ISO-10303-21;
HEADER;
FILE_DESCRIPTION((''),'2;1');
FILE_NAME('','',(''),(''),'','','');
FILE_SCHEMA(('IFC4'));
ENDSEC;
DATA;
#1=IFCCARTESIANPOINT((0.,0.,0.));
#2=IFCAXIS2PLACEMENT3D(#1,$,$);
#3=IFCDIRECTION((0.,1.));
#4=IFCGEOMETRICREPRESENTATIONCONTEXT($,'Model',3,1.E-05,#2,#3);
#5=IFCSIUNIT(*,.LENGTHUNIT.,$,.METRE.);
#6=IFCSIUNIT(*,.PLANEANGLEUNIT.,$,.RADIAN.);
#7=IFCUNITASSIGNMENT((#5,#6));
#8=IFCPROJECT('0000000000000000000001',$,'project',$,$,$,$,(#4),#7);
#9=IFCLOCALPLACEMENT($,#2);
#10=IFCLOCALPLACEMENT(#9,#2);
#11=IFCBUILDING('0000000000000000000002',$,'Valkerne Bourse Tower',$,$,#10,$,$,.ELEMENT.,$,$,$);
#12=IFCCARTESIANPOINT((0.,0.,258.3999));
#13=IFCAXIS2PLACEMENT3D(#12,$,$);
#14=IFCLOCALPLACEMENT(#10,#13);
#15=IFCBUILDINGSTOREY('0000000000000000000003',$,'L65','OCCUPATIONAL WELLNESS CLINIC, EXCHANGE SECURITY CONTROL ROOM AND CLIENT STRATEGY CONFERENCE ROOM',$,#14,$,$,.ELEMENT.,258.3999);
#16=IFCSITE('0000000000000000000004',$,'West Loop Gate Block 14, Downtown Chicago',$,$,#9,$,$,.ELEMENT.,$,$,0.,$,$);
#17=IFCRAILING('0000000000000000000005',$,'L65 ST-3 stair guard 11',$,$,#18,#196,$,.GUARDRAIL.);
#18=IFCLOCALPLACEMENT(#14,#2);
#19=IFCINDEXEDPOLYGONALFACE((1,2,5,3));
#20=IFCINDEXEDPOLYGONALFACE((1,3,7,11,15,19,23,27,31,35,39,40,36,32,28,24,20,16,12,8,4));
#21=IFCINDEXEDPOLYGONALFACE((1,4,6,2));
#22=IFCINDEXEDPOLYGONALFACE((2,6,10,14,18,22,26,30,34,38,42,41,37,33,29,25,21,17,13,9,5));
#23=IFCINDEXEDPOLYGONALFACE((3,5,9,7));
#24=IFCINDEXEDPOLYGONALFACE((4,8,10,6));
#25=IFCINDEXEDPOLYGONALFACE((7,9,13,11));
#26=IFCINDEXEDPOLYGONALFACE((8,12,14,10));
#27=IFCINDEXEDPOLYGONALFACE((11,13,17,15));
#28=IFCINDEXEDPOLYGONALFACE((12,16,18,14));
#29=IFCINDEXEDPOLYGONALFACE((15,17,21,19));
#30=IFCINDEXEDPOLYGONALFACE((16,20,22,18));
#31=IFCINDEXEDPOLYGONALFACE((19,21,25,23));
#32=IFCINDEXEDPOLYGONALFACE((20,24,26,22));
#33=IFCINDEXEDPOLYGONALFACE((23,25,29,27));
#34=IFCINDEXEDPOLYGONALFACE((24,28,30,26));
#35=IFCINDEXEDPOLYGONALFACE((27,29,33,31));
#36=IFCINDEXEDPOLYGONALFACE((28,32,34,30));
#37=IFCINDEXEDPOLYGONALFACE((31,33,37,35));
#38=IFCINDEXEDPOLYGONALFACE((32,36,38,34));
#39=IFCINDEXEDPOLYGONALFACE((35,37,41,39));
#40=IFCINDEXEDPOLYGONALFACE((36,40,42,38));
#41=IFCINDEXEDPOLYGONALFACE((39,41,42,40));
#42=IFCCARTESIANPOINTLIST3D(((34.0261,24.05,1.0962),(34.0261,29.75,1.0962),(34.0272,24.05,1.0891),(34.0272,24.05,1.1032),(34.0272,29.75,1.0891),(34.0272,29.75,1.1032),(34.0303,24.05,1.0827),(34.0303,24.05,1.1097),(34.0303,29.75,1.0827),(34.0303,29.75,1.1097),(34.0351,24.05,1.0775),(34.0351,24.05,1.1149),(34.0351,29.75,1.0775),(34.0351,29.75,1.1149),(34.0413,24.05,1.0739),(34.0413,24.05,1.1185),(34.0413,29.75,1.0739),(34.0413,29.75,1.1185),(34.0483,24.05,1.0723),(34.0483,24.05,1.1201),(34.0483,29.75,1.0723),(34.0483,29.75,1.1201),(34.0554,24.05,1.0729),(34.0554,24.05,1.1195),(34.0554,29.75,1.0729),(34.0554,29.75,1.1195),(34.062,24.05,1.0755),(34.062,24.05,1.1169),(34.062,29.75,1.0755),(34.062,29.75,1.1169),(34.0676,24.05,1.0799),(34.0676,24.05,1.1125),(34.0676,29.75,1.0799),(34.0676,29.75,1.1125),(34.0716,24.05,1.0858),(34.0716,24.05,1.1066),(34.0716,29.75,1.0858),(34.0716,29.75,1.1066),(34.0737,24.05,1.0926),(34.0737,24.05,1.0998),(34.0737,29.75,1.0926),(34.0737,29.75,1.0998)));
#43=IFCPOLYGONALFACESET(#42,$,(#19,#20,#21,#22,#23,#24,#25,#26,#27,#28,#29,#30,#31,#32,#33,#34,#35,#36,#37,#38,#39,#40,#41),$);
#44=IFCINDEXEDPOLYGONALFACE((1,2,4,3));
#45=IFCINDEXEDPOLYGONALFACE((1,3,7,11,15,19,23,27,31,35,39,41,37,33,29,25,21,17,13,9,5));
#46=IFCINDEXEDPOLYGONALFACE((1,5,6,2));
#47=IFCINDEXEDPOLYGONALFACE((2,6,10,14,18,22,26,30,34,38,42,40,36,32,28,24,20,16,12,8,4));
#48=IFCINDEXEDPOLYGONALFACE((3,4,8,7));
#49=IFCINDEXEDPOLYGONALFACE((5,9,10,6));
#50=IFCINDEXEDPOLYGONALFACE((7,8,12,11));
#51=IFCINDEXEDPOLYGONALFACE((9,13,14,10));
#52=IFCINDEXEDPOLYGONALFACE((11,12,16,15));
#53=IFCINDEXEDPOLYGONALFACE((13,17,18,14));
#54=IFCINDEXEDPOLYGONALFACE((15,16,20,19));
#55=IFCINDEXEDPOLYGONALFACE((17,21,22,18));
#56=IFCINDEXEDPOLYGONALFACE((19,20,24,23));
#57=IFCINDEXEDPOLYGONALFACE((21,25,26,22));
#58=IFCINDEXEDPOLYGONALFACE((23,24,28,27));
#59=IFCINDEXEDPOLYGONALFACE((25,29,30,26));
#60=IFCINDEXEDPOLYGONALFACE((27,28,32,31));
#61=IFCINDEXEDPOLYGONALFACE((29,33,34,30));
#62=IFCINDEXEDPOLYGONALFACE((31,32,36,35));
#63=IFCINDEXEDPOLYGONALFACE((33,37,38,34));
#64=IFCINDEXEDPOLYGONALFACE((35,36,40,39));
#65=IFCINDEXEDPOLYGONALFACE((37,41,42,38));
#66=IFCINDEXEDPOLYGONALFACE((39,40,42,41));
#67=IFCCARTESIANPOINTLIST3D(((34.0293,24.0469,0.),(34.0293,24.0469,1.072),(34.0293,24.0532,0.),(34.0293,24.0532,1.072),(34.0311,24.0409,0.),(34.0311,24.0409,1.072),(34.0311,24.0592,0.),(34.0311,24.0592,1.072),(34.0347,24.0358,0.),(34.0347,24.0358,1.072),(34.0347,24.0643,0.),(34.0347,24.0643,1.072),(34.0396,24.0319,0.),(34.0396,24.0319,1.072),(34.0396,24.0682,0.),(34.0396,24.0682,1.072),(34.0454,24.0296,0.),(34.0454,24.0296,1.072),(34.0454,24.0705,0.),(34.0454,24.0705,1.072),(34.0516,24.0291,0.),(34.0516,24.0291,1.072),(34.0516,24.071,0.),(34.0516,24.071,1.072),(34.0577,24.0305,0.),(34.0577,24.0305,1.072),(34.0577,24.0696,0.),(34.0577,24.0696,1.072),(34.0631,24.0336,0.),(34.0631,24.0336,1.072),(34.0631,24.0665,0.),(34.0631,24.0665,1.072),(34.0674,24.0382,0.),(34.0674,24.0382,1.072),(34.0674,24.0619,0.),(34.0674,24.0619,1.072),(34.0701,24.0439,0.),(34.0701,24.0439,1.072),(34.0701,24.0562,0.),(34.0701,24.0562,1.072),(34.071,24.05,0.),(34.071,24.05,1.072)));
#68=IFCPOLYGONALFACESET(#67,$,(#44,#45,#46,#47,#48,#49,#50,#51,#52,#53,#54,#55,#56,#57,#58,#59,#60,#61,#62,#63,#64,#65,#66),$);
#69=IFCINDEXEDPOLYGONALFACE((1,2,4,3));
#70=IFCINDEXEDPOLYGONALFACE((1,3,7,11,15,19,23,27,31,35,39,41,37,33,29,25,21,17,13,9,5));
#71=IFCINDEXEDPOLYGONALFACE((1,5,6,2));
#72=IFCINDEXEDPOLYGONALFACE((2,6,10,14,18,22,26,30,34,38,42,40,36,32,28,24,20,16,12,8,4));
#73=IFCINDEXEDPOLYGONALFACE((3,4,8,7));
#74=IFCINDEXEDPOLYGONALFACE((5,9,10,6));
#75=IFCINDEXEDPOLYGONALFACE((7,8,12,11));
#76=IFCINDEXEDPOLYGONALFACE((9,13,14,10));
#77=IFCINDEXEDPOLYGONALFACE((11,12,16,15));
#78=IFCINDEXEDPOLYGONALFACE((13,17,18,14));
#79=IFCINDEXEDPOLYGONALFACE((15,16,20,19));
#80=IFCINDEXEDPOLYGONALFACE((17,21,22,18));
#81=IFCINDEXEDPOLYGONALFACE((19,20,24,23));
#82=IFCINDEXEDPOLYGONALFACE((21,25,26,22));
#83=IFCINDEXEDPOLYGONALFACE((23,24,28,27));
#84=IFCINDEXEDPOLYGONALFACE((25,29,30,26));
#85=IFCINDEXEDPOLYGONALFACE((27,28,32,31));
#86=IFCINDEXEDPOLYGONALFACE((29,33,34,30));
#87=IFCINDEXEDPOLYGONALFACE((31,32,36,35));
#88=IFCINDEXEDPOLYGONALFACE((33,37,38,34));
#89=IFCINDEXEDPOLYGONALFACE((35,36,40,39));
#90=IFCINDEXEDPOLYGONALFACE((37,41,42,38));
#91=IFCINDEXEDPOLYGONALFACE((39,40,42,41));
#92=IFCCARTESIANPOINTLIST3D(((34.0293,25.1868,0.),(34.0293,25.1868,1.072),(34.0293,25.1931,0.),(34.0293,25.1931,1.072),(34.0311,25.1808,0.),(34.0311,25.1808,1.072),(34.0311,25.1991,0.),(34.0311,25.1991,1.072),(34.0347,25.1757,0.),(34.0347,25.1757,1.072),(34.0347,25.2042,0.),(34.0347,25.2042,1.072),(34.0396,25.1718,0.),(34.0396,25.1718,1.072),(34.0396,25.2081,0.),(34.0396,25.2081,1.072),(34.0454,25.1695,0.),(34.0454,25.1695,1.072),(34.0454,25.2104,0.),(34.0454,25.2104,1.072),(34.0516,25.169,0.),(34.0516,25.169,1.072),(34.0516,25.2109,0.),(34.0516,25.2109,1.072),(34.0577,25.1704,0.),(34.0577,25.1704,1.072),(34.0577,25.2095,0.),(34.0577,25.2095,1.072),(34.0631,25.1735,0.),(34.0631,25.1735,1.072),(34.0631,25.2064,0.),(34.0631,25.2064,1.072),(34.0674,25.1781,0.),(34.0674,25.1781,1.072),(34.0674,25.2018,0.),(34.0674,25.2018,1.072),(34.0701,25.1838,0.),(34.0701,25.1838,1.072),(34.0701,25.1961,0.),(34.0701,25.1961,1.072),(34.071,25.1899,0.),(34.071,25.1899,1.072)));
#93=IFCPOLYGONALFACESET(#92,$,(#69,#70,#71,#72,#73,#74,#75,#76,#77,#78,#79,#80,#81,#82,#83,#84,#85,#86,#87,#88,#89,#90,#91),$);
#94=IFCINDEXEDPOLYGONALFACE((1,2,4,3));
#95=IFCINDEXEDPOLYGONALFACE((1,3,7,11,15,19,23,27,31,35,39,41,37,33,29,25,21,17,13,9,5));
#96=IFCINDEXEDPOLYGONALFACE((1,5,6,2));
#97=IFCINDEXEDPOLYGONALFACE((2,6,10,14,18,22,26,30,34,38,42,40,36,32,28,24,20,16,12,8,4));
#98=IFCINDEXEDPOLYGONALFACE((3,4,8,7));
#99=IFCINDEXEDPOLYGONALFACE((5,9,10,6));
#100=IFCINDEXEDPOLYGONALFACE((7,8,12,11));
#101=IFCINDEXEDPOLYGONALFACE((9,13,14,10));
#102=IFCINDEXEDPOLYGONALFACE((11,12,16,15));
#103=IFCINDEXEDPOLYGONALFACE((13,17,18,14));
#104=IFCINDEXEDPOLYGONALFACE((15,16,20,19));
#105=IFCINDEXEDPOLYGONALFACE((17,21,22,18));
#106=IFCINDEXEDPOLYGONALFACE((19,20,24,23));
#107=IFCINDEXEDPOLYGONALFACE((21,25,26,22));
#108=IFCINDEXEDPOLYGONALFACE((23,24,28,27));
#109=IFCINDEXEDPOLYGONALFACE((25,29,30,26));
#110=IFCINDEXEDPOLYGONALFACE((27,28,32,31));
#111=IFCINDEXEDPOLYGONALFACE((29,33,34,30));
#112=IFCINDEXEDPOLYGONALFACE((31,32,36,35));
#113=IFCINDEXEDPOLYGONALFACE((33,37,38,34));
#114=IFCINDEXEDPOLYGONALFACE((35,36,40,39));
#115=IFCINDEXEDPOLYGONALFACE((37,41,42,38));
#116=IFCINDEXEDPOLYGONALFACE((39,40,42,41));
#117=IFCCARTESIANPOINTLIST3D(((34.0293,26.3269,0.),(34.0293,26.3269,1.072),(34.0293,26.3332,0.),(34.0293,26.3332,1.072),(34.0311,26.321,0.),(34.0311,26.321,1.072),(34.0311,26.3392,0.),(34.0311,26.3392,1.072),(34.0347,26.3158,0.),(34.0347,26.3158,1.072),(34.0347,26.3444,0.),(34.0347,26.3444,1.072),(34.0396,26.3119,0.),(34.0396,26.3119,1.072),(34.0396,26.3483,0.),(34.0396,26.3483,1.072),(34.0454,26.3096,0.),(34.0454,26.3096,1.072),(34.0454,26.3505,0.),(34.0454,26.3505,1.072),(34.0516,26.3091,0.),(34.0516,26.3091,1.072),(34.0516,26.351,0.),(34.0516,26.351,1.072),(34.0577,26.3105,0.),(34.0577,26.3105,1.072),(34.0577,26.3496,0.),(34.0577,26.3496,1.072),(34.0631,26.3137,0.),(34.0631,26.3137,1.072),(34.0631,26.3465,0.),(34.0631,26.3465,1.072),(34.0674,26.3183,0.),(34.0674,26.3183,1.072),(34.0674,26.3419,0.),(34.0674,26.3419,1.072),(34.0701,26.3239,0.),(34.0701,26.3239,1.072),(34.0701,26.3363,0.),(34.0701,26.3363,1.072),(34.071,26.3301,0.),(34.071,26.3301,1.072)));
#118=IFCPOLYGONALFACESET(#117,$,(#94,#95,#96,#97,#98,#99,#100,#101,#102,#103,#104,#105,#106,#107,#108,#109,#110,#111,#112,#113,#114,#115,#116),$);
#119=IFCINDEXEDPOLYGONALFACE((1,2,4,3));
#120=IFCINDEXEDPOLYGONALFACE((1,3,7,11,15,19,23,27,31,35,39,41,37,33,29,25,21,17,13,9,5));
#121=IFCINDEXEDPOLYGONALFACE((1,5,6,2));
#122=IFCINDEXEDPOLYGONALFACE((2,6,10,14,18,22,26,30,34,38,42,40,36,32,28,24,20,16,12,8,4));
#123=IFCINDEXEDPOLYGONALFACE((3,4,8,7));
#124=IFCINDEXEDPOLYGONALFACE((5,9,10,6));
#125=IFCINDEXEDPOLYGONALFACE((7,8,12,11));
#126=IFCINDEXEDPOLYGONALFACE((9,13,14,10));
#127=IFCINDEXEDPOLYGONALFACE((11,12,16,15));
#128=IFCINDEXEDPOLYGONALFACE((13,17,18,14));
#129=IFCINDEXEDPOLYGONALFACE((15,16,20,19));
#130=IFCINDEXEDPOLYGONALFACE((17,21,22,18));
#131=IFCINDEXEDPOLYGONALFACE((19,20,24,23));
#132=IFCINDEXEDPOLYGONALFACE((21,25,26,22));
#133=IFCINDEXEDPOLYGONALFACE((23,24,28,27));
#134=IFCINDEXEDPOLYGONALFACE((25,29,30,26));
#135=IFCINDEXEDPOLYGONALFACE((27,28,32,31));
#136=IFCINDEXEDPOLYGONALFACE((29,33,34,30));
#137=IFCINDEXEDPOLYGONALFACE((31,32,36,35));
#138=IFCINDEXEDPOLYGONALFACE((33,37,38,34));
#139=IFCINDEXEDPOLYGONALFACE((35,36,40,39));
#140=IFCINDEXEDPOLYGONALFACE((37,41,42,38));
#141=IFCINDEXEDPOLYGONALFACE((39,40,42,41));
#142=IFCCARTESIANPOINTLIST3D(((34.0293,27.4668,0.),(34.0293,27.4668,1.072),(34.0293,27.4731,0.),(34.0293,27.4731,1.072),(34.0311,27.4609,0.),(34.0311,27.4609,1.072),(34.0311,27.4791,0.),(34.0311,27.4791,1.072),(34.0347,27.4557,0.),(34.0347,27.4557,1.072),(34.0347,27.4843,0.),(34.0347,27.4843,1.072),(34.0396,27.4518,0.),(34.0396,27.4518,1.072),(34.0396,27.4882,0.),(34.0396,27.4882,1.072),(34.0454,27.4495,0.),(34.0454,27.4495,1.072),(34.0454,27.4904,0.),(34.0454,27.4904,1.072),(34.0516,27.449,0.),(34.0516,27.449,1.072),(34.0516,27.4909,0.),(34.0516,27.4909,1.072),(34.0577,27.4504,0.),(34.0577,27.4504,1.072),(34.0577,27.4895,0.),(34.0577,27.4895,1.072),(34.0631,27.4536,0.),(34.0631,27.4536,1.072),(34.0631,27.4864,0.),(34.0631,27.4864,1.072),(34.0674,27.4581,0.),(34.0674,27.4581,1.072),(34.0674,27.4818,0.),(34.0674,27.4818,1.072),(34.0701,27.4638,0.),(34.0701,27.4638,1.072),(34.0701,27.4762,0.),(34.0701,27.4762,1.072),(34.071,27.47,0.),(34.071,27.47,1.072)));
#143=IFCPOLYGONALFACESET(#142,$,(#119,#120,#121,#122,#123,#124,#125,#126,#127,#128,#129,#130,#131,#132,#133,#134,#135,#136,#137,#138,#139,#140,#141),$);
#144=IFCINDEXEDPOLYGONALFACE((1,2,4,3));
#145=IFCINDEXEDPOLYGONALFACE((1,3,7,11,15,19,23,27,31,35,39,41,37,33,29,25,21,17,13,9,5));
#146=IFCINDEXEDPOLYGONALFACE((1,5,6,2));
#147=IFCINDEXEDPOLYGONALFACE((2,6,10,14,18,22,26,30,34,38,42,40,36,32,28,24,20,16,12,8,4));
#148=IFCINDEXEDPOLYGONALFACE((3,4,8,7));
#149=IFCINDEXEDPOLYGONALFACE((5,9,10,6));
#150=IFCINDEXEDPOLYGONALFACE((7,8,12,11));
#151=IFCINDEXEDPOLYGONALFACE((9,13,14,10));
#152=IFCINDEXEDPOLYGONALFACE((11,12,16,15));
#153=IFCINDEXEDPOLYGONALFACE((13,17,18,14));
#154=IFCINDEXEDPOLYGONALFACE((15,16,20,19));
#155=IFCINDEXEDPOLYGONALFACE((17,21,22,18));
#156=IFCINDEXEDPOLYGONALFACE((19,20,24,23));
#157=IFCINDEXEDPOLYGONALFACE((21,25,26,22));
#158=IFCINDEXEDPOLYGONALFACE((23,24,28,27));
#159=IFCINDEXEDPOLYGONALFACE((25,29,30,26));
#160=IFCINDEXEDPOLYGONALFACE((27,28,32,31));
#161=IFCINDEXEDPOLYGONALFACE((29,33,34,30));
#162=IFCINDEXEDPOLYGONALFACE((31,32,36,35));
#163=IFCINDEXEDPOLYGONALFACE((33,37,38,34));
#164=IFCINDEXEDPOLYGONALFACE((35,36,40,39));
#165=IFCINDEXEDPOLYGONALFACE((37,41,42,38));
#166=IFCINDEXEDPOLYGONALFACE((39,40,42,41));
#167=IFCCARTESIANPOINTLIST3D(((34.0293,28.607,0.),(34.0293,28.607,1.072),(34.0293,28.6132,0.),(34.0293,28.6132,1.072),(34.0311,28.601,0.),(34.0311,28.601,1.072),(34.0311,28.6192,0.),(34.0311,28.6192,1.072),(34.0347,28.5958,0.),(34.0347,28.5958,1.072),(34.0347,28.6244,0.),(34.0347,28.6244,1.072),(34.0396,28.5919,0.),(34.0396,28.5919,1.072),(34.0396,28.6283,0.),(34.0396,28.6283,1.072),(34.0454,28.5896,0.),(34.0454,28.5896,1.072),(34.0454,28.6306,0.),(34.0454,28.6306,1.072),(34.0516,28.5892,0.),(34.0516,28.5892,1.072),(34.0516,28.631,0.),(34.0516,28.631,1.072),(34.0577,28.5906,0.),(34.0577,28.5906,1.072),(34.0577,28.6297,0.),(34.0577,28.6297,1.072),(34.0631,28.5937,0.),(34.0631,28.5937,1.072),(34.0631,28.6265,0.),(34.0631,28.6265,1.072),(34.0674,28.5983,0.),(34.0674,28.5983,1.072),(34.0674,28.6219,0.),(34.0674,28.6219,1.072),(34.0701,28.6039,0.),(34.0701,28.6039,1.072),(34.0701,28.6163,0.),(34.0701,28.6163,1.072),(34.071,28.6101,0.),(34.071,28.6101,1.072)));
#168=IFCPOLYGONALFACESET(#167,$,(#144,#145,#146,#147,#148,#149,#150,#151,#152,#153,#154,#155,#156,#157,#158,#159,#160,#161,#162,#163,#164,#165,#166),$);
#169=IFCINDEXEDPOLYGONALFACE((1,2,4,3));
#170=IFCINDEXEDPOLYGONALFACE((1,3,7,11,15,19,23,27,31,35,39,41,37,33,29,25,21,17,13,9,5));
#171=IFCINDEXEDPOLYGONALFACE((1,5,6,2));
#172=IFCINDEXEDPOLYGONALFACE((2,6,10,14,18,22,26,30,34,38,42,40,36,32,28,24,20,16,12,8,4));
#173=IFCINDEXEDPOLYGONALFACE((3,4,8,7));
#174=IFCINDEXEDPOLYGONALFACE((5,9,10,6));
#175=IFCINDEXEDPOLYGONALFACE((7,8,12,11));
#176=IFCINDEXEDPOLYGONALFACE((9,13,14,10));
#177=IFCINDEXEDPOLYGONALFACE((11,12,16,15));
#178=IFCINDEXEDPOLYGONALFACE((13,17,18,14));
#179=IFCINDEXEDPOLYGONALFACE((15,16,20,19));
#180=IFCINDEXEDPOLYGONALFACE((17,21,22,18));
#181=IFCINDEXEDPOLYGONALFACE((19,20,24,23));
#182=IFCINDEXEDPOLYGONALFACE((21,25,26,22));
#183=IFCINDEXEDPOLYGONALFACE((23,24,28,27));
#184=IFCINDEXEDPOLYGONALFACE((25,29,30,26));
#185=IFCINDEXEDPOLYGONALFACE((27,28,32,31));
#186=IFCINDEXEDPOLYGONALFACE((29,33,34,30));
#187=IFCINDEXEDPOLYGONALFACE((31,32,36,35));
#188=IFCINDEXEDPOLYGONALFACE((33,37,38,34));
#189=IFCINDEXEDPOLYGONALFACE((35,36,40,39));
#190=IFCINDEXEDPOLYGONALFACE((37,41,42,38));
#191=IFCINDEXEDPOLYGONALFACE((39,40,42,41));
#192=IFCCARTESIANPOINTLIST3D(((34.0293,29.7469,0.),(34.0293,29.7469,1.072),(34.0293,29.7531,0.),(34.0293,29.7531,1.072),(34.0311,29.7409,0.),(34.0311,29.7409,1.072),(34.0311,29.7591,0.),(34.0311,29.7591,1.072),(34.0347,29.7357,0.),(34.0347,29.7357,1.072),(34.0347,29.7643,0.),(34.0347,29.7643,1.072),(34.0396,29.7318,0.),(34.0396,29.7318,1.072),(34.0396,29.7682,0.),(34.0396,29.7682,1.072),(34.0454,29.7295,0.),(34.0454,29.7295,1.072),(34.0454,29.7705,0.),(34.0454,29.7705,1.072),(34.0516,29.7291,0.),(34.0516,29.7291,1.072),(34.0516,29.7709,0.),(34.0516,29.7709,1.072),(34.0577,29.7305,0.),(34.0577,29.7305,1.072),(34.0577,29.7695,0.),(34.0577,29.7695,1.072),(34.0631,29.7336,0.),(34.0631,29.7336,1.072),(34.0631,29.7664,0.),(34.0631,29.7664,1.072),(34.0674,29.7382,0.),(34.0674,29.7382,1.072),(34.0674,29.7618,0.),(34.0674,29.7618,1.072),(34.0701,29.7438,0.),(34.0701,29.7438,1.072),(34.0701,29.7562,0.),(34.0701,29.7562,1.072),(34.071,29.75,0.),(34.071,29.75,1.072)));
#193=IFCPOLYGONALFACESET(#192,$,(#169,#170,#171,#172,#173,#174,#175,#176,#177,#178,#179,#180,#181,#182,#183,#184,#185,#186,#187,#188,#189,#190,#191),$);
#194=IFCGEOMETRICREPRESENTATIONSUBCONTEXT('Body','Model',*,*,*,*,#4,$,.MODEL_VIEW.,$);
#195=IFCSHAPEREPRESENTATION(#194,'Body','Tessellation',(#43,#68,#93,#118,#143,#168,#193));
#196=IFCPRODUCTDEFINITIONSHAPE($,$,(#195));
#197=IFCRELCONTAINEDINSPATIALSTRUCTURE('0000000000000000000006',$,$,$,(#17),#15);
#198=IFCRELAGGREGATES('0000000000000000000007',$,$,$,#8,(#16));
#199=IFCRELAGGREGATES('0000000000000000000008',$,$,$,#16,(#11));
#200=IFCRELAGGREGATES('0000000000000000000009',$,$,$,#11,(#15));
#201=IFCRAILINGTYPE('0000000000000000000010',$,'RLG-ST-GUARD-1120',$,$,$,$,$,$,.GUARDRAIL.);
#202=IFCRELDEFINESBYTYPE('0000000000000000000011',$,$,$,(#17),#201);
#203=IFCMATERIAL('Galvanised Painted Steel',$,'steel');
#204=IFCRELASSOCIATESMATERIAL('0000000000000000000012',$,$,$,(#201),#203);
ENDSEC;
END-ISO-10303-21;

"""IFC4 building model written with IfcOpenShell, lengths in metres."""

from ifc_helpers import new_model, si_unit, direction, frame, origin, origin_2d, place, context, subcontext, project, spatial, circle, extrude, material, type_object, element, save


model = new_model("IFC4")

# Units and contexts
model_context = context("Model", 3, precision=1e-05, world=origin(), true_north=direction((0.0, 1.0)))
body_context = subcontext(model_context, "Body", "Model", "MODEL_VIEW")
ifc_project = project(units=[si_unit("LENGTHUNIT", "METRE"), si_unit("PLANEANGLEUNIT", "RADIAN")], contexts=[model_context])

# Site, building, storey
site_placement = place(None, origin())
site = spatial("IfcSite", under=ifc_project, at=site_placement, Name="West Loop Gate Block 14, Downtown Chicago", CompositionType="ELEMENT", RefElevation=0.0)
building_placement = place(site_placement, origin())
building = spatial("IfcBuilding", under=site, at=building_placement, Name="Valkerne Bourse Tower", CompositionType="ELEMENT")
storey_placement = place(building_placement, frame((0.0, 0.0, 258.3999)))
storey = spatial("IfcBuildingStorey", under=building, at=storey_placement, Name="L65", Description="OCCUPATIONAL WELLNESS CLINIC, EXCHANGE SECURITY CONTROL ROOM AND CLIENT STRATEGY CONFERENCE ROOM", CompositionType="ELEMENT", Elevation=258.3999)

# Shared definitions
ifc_material_1 = material(Name="Galvanised Painted Steel", Category="steel")

# Railing
railing_type = type_object("IfcRailingType", Name="RLG-ST-GUARD-1120", PredefinedType="GUARDRAIL", material=ifc_material_1)
railing_1_placement = place(storey_placement, frame((34.05, 24.05, 0.0)))
element("IfcRailing", 1, at=railing_1_placement, inside=storey, type_object=railing_type, Name="L65 ST-3 stair guard 11", PredefinedType="GUARDRAIL", context=body_context, shape_type="SweptSolid", body=[
    extrude(circle(Radius=0.0239, at=origin_2d()), frame((0.0, 0.0, 1.0962), z_axis=(0.0, 1.0, 0.0), x_axis=(-1.0, 0.0, 0.0)), (0.0, 0.0, 1.0), 5.7),
    extrude(circle(Radius=0.021, at=origin_2d()), origin(), (0.0, 0.0, 1.0), 1.072),
    extrude(circle(Radius=0.021, at=origin_2d()), frame((0.0, 1.1399, 0.0)), (0.0, 0.0, 1.0), 1.072),
    extrude(circle(Radius=0.021, at=origin_2d()), frame((0.0, 2.28, 0.0)), (0.0, 0.0, 1.0), 1.072),
    extrude(circle(Radius=0.021, at=origin_2d()), frame((0.0, 3.4199, 0.0)), (0.0, 0.0, 1.0), 1.072),
    extrude(circle(Radius=0.021, at=origin_2d()), frame((0.0, 4.5601, 0.0)), (0.0, 0.0, 1.0), 1.072),
    extrude(circle(Radius=0.021, at=origin_2d()), frame((0.0, 5.7, 0.0)), (0.0, 0.0, 1.0), 1.072),
])

save(model, "model.ifc")
